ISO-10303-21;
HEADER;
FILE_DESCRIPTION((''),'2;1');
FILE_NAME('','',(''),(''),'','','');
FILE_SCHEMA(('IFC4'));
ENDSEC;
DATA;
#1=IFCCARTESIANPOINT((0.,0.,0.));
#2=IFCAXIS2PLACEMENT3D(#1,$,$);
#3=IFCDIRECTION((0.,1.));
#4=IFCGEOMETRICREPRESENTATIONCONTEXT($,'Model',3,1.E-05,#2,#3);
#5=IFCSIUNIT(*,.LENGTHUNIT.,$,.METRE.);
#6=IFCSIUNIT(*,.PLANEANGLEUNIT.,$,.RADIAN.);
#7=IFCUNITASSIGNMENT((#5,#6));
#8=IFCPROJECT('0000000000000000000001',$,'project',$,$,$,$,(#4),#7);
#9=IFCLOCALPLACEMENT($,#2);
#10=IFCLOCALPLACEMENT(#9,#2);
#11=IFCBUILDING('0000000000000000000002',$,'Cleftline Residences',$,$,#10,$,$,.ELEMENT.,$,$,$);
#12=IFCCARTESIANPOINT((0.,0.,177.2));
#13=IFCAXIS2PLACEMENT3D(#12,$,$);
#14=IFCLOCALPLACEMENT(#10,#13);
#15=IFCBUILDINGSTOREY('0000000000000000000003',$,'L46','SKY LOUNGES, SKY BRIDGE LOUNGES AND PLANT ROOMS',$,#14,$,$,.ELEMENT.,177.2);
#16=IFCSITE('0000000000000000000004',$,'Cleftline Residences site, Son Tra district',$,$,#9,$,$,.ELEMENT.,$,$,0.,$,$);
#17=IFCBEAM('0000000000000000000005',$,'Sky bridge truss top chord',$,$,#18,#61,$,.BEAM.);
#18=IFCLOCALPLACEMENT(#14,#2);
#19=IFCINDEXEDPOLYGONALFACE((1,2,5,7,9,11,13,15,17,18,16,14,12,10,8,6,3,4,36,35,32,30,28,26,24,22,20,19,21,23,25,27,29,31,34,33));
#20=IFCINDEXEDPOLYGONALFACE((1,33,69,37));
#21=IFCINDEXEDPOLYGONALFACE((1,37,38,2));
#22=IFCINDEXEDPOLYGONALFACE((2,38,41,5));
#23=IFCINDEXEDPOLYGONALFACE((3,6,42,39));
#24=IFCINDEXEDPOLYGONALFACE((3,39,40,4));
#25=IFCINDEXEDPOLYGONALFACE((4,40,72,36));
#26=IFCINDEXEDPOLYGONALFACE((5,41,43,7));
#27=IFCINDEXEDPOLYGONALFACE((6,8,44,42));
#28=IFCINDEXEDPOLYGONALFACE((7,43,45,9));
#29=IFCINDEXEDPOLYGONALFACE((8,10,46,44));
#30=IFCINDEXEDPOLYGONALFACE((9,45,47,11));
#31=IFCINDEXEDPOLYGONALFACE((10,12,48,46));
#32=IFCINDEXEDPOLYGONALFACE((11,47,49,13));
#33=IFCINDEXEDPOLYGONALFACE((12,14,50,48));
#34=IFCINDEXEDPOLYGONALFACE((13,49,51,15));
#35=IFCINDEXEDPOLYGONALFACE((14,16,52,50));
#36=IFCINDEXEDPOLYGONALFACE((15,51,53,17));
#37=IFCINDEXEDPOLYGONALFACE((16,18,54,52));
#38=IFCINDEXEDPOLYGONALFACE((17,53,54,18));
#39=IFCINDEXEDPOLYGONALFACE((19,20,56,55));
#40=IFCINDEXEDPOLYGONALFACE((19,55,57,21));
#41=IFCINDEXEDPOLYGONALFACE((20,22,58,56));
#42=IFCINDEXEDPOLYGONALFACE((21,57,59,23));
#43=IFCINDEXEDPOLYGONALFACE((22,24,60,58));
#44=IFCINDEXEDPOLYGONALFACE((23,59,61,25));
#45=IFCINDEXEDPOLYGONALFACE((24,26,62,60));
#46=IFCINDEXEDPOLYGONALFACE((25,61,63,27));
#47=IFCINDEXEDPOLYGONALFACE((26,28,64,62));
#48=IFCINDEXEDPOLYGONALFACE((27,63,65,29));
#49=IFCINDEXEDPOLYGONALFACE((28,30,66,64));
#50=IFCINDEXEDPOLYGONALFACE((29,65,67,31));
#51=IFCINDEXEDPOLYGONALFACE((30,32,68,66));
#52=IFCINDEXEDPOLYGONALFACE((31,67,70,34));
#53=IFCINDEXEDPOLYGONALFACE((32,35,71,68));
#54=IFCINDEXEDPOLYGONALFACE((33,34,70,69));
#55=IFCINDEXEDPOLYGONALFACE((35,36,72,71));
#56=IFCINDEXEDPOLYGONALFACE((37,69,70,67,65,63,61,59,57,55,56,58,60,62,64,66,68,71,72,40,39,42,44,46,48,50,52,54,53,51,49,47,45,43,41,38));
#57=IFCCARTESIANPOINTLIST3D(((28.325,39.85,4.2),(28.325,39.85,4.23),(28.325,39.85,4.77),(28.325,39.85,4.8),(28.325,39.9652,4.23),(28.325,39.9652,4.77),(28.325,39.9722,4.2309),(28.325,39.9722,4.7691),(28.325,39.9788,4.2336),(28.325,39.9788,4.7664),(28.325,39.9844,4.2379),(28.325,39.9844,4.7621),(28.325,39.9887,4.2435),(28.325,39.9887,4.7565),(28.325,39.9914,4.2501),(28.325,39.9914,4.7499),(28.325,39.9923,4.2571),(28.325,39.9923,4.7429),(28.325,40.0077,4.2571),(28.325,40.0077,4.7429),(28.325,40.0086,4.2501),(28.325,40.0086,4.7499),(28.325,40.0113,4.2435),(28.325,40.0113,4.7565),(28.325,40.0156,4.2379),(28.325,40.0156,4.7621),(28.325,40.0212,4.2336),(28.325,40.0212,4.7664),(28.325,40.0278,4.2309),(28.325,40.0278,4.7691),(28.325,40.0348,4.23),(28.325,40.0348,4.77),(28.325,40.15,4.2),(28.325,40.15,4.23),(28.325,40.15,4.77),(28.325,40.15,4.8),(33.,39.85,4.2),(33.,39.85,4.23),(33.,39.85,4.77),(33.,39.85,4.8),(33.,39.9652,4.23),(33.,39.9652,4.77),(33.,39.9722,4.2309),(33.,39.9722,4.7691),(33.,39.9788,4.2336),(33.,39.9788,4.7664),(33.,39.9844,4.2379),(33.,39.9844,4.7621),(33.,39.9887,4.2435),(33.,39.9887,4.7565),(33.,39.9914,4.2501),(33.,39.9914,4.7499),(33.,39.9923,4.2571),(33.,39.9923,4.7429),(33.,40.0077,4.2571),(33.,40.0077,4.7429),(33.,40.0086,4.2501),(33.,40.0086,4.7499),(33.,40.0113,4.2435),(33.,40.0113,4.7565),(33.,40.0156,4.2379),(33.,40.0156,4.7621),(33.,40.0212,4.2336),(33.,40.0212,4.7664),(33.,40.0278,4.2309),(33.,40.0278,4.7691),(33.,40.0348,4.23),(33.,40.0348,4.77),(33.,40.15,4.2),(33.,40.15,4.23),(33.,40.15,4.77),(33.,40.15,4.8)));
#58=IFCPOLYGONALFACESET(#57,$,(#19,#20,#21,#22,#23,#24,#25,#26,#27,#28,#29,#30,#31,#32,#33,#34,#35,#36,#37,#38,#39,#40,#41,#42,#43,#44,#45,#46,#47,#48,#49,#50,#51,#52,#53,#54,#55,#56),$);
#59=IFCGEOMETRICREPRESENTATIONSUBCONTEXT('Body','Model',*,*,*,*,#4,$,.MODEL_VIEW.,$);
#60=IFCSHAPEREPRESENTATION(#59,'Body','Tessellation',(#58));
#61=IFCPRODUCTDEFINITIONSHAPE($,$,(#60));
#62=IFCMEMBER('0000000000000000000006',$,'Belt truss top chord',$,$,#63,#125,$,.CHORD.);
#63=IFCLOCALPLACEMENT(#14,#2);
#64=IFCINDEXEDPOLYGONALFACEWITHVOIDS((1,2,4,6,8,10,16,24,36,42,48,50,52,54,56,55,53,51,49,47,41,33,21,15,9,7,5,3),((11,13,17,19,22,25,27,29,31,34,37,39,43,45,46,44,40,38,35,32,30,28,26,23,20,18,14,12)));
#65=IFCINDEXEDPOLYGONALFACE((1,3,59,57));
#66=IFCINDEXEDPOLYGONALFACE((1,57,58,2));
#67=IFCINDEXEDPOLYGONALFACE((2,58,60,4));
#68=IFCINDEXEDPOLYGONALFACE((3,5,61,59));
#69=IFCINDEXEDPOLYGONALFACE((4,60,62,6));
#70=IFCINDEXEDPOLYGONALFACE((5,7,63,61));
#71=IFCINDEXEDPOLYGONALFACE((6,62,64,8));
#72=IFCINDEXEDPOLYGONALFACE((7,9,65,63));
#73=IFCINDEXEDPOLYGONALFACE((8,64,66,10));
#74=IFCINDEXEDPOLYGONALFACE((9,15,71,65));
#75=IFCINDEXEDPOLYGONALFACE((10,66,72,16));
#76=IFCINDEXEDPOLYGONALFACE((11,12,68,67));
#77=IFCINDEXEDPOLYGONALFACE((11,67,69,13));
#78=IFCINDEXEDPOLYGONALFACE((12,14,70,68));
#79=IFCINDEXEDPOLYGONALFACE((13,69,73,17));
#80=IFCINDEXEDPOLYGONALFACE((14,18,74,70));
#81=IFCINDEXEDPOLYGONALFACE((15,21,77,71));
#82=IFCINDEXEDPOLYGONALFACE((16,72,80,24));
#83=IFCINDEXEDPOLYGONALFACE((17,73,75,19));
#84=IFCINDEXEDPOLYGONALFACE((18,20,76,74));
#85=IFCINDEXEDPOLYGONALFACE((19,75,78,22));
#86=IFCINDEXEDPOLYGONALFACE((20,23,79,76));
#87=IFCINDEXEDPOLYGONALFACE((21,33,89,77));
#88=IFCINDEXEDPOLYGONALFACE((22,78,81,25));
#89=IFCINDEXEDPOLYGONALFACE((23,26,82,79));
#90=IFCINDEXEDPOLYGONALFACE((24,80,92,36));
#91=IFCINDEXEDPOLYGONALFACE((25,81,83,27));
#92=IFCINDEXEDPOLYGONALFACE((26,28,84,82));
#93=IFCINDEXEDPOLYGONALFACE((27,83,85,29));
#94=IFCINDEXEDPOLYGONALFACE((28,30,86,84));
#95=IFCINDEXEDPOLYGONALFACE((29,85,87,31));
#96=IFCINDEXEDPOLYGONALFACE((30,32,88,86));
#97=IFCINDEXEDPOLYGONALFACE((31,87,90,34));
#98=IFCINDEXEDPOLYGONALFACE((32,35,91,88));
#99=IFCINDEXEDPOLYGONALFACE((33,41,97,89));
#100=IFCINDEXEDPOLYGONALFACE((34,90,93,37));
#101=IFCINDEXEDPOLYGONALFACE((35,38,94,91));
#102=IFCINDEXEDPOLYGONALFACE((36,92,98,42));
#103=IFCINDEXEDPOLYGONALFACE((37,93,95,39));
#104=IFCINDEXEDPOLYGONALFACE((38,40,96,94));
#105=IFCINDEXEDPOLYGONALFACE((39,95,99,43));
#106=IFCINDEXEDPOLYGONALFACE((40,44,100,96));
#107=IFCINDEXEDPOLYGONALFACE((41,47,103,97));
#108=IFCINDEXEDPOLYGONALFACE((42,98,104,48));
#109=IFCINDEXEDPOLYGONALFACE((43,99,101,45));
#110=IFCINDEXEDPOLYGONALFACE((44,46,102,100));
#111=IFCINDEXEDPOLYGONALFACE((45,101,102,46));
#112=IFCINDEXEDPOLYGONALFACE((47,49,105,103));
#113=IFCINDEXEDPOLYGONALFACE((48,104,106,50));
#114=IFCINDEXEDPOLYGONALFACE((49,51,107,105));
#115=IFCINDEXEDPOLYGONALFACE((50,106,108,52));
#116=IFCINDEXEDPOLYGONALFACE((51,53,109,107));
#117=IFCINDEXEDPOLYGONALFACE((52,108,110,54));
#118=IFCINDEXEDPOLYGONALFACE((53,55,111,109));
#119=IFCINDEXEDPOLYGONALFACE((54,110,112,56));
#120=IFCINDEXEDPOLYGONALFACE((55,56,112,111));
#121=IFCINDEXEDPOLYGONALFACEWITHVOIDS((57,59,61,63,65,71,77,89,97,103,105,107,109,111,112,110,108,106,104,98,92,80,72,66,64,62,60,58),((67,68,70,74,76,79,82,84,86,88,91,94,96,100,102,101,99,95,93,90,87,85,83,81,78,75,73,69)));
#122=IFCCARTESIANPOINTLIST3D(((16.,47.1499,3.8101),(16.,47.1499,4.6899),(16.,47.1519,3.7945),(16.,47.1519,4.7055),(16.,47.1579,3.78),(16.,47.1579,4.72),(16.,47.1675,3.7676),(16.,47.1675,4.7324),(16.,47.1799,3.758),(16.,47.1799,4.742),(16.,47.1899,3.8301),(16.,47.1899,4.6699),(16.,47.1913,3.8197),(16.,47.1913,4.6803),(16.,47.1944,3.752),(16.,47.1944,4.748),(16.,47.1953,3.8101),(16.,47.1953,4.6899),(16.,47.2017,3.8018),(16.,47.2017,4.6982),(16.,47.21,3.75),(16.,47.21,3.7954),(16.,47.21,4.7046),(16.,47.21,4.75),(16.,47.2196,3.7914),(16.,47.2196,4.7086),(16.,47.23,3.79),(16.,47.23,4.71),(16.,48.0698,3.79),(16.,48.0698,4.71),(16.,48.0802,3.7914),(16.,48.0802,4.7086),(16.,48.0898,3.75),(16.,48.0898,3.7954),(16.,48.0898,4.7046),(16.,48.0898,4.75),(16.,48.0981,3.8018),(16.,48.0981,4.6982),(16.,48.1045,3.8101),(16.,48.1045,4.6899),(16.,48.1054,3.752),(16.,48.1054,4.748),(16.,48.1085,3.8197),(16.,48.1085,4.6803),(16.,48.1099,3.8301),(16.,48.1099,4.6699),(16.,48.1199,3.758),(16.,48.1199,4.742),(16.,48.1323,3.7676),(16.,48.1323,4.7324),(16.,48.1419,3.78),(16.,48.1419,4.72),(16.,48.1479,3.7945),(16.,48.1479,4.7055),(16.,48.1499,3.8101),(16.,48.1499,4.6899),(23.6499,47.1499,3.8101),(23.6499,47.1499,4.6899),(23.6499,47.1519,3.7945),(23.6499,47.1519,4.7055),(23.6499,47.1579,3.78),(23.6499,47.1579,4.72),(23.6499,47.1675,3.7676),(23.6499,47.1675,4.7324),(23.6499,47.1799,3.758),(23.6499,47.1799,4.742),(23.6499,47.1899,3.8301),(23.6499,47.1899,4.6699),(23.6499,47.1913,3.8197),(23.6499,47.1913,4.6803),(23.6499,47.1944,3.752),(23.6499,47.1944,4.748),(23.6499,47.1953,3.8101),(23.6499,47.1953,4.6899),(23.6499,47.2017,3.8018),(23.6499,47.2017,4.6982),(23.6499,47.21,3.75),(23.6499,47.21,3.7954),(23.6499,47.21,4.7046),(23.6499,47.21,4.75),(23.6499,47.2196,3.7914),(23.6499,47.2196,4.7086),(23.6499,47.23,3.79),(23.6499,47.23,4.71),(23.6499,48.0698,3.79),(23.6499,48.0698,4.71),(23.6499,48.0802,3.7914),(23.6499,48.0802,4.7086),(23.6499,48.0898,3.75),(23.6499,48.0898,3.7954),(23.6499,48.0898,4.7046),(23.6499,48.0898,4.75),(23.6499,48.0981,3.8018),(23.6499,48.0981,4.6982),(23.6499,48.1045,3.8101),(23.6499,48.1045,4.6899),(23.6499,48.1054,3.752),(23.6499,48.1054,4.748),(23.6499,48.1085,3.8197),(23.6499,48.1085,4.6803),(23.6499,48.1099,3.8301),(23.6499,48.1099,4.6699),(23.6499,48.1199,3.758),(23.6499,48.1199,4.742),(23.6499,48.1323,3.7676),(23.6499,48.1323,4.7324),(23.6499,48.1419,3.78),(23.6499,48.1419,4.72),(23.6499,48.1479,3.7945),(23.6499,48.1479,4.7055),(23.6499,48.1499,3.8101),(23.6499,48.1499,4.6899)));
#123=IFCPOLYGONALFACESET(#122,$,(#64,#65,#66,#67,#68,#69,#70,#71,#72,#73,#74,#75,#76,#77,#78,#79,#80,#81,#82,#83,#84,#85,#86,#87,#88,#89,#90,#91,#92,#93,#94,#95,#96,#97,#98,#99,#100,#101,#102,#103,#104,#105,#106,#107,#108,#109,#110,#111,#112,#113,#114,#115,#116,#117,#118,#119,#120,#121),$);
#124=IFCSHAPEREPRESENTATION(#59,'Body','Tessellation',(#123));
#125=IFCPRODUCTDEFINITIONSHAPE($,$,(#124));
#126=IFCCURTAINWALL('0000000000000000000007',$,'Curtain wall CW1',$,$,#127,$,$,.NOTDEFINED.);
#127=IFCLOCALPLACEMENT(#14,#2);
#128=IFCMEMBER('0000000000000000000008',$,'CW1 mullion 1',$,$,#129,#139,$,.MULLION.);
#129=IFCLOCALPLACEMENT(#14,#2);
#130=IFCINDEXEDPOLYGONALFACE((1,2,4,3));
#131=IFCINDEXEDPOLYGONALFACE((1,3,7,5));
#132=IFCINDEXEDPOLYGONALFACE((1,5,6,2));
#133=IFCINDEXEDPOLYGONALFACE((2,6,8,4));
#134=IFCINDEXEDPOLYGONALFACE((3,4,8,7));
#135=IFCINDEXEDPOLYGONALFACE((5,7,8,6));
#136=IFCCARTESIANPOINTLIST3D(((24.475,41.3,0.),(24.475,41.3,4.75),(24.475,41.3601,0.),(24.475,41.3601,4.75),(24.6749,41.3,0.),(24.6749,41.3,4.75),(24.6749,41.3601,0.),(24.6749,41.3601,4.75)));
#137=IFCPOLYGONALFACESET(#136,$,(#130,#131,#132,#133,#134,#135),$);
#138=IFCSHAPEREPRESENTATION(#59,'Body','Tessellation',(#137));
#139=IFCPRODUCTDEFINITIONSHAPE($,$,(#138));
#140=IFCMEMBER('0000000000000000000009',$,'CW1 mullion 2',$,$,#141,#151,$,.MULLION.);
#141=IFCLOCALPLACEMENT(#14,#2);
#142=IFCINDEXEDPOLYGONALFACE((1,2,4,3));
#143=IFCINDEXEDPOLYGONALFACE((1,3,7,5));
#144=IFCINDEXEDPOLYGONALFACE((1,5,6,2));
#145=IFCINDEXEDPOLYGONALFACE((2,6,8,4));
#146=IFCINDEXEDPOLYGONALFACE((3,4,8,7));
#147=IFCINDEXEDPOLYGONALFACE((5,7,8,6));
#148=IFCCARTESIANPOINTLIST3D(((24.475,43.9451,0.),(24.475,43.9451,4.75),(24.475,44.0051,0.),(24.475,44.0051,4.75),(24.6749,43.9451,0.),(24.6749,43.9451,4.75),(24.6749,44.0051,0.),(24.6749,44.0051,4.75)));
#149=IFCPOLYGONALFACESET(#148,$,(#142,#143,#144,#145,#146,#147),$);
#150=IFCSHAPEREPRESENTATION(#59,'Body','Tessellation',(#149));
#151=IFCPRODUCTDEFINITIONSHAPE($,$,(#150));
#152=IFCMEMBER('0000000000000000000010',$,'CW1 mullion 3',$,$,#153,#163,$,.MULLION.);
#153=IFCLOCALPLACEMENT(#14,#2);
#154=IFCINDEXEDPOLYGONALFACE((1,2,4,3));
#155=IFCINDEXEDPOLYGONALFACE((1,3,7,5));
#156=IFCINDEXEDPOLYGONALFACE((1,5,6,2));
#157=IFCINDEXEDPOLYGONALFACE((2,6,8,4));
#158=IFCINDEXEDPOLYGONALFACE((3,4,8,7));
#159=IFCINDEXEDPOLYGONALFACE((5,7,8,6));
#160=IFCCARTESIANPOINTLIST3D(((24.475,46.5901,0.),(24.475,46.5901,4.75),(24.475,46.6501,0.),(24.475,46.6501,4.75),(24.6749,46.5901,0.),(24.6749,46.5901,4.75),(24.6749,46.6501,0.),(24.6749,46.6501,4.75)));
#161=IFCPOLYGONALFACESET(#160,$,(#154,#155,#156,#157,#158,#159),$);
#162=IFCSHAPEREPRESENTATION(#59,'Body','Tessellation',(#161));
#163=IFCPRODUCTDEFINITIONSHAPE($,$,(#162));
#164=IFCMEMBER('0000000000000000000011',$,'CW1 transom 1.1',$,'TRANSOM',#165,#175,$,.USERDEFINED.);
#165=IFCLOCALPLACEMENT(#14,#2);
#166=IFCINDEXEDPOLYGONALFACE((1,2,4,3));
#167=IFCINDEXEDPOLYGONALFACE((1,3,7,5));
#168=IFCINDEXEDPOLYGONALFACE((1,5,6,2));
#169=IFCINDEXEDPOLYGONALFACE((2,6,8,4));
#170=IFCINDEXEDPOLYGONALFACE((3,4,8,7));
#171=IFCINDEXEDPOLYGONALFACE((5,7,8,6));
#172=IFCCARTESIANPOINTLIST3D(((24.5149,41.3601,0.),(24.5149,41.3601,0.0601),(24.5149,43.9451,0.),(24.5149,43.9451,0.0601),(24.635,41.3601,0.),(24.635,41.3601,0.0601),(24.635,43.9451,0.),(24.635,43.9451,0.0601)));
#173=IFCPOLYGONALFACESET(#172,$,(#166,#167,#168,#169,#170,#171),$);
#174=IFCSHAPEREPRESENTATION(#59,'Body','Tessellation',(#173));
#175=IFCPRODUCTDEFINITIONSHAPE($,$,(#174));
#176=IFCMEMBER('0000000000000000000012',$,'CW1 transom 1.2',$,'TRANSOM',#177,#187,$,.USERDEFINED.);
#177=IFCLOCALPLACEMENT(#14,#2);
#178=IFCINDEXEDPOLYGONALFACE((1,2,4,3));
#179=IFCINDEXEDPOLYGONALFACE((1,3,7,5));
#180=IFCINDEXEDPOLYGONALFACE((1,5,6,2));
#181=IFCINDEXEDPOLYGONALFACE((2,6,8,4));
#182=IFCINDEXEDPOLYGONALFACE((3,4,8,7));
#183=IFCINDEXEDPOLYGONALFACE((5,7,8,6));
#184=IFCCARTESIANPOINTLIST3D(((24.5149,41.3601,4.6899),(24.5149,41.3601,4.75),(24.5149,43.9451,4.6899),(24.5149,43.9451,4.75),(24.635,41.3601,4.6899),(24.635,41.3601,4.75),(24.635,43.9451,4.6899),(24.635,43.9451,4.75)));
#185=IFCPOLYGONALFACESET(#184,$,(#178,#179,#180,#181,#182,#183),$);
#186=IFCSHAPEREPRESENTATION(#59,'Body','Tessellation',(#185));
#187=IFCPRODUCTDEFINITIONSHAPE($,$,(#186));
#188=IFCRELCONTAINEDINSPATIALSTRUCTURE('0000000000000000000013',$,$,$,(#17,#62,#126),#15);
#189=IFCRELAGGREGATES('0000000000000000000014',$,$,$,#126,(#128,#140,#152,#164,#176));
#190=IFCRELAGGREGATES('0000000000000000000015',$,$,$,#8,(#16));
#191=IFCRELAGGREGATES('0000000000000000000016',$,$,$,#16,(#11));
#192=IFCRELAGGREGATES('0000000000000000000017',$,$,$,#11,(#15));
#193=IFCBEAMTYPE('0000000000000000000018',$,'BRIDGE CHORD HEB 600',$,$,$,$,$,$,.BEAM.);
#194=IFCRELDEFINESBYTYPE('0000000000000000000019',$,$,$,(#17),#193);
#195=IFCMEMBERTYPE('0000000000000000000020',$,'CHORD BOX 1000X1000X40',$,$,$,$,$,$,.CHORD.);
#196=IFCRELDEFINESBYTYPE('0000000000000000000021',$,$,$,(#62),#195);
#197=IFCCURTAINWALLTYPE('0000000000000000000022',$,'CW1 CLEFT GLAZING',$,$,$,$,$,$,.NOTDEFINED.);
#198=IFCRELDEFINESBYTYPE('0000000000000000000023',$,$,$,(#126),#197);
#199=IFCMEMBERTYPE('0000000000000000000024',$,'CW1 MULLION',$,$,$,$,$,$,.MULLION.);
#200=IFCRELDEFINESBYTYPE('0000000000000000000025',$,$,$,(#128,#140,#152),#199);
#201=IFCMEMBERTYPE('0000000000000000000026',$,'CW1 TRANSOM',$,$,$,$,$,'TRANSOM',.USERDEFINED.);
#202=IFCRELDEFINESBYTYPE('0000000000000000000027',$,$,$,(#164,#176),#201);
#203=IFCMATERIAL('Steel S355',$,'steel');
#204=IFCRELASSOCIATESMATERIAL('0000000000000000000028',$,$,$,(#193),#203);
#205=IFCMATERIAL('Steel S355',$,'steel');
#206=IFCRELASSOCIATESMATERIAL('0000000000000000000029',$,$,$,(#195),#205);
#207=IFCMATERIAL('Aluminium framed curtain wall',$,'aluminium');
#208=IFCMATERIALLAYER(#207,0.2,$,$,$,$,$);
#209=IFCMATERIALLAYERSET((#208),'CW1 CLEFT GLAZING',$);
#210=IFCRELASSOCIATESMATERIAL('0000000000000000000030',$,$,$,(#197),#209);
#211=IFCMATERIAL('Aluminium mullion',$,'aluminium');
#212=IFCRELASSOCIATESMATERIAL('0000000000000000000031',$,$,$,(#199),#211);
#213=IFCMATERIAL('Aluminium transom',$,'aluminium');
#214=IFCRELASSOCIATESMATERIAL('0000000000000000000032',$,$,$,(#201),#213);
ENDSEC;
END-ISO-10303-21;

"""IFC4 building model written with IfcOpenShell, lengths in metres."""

from ifc_helpers import new_model, si_unit, direction, frame, origin, origin_2d, place, context, subcontext, project, spatial, rectangle, hollow_rectangle, i_section, extrude, material, layer, layer_set, material_profile, profile_set, type_object, element, aggregate, save


model = new_model("IFC4")

# Units and contexts
model_context = context("Model", 3, precision=1e-05, world=origin(), true_north=direction((0.0, 1.0)))
body_context = subcontext(model_context, "Body", "Model", "MODEL_VIEW")
ifc_project = project(units=[si_unit("LENGTHUNIT", "METRE"), si_unit("PLANEANGLEUNIT", "RADIAN")], contexts=[model_context])

# Site, building, storey
site_placement = place(None, origin())
site = spatial("IfcSite", under=ifc_project, at=site_placement, Name="Cleftline Residences site, Son Tra district", CompositionType="ELEMENT", RefElevation=0.0)
building_placement = place(site_placement, origin())
building = spatial("IfcBuilding", under=site, at=building_placement, Name="Cleftline Residences", CompositionType="ELEMENT")
storey_placement = place(building_placement, frame((0.0, 0.0, 177.2)))
storey = spatial("IfcBuildingStorey", under=building, at=storey_placement, Name="L46", Description="SKY LOUNGES, SKY BRIDGE LOUNGES AND PLANT ROOMS", CompositionType="ELEMENT", Elevation=177.2)

# Beam
ifc_material_1 = material(Name="Steel S355", Category="steel")
ifc_material_profile_1 = material_profile(ifc_material_1, i_section(OverallWidth=0.3, OverallDepth=0.6001, WebThickness=0.0154, FlangeThickness=0.03, FilletRadius=0.0271, at=origin_2d()))
ifc_profile_set_1 = profile_set([ifc_material_profile_1], Name="Steel S355")
beam_type_1 = type_object("IfcBeamType", Name="BRIDGE CHORD HEB 600", PredefinedType="BEAM", material=ifc_profile_set_1)
for number, where, z_axis, x_axis, name in (
    (1, (28.325, 40.0, 4.5), (1.0, 0.0, 0.0), (0.0, 1.0, 0.0), "Sky bridge truss top chord"),
):
    element("IfcBeam", number, at=place(storey_placement, frame(where, z_axis=z_axis, x_axis=x_axis)), inside=storey, type_object=beam_type_1, Name=name, PredefinedType="BEAM", context=body_context, shape_type="SweptSolid", body=[
        extrude(i_section(OverallWidth=0.3, OverallDepth=0.6001, WebThickness=0.0154, FlangeThickness=0.03, FilletRadius=0.0271, at=origin_2d()), origin(), (0.0, 0.0, 1.0), 4.675),
    ])

# Member
ifc_material_2 = material(Name="Steel S355", Category="steel")
ifc_material_profile_2 = material_profile(ifc_material_2, hollow_rectangle(XDim=1.0, YDim=1.0, WallThickness=0.04, InnerFilletRadius=0.04, OuterFilletRadius=0.0601, at=origin_2d()))
ifc_profile_set_2 = profile_set([ifc_material_profile_2], Name="Steel S355")
member_type_1 = type_object("IfcMemberType", Name="CHORD BOX 1000X1000X40", PredefinedType="CHORD", material=ifc_profile_set_2)
member_1_placement = place(storey_placement, frame((16.0, 47.6499, 4.25), z_axis=(1.0, 0.0, 0.0), x_axis=(0.0, 1.0, 0.0)))
element("IfcMember", 2, at=member_1_placement, inside=storey, type_object=member_type_1, Name="Belt truss top chord", PredefinedType="CHORD", context=body_context, shape_type="SweptSolid", body=[
    extrude(hollow_rectangle(XDim=1.0, YDim=1.0, WallThickness=0.04, InnerFilletRadius=0.04, OuterFilletRadius=0.0601, at=origin_2d()), origin(), (0.0, 0.0, 1.0), 7.6499),
])

# Curtain wall, members
ifc_material_3 = material(Name="Aluminium framed curtain wall", Category="aluminium")
ifc_layer_1 = layer(ifc_material_3, 0.2)
ifc_layer_set_1 = layer_set([ifc_layer_1], Name="CW1 CLEFT GLAZING")
curtain_wall_type_1 = type_object("IfcCurtainWallType", Name="CW1 CLEFT GLAZING", PredefinedType="NOTDEFINED", material=ifc_layer_set_1)
curtain_wall_1_placement = place(storey_placement, origin())
curtain_wall_1 = element("IfcCurtainWall", 3, at=curtain_wall_1_placement, inside=storey, type_object=curtain_wall_type_1, Name="Curtain wall CW1", PredefinedType="NOTDEFINED")
ifc_material_4 = material(Name="Aluminium mullion", Category="aluminium")
ifc_material_profile_3 = material_profile(ifc_material_4, rectangle(XDim=0.2, YDim=0.0601, at=origin_2d()))
ifc_profile_set_3 = profile_set([ifc_material_profile_3], Name="Aluminium mullion")
member_type_2 = type_object("IfcMemberType", Name="CW1 MULLION", PredefinedType="MULLION", material=ifc_profile_set_3)
member_2_placement = place(storey_placement, frame((24.575, 41.3301, 0.0), z_axis=(0.0, 0.0, 1.0), x_axis=(-1.0, 0.0, 0.0)))
member_2 = element("IfcMember", 4, at=member_2_placement, type_object=member_type_2, Name="CW1 mullion 1", PredefinedType="MULLION", context=body_context, shape_type="SweptSolid", body=[
    extrude(rectangle(XDim=0.2, YDim=0.0601, at=origin_2d()), origin(), (0.0, 0.0, 1.0), 4.75),
])
member_3_placement = place(storey_placement, frame((24.575, 43.9751, 0.0), z_axis=(0.0, 0.0, 1.0), x_axis=(-1.0, 0.0, 0.0)))
member_3 = element("IfcMember", 5, at=member_3_placement, type_object=member_type_2, Name="CW1 mullion 2", PredefinedType="MULLION", context=body_context, shape_type="SweptSolid", body=[
    extrude(rectangle(XDim=0.2, YDim=0.0601, at=origin_2d()), origin(), (0.0, 0.0, 1.0), 4.75),
])
member_4_placement = place(storey_placement, frame((24.575, 46.6201, 0.0), z_axis=(0.0, 0.0, 1.0), x_axis=(-1.0, 0.0, 0.0)))
member_4 = element("IfcMember", 6, at=member_4_placement, type_object=member_type_2, Name="CW1 mullion 3", PredefinedType="MULLION", context=body_context, shape_type="SweptSolid", body=[
    extrude(rectangle(XDim=0.2, YDim=0.0601, at=origin_2d()), origin(), (0.0, 0.0, 1.0), 4.75),
])
ifc_material_5 = material(Name="Aluminium transom", Category="aluminium")
ifc_material_profile_4 = material_profile(ifc_material_5, rectangle(XDim=0.1201, YDim=0.0601, at=origin_2d()))
ifc_profile_set_4 = profile_set([ifc_material_profile_4], Name="Aluminium transom")
member_type_3 = type_object("IfcMemberType", Name="CW1 TRANSOM", ElementType="TRANSOM", PredefinedType="USERDEFINED", material=ifc_profile_set_4)
member_5_placement = place(storey_placement, frame((24.575, 41.3601, 0.03), z_axis=(0.0, 1.0, 0.0), x_axis=(-1.0, 0.0, 0.0)))
member_5 = element("IfcMember", 7, at=member_5_placement, type_object=member_type_3, Name="CW1 transom 1.1", ObjectType="TRANSOM", PredefinedType="USERDEFINED", context=body_context, shape_type="SweptSolid", body=[
    extrude(rectangle(XDim=0.1201, YDim=0.0601, at=origin_2d()), origin(), (0.0, 0.0, 1.0), 2.585),
])
member_6_placement = place(storey_placement, frame((24.575, 41.3601, 4.72), z_axis=(0.0, 1.0, 0.0), x_axis=(-1.0, 0.0, 0.0)))
member_6 = element("IfcMember", 8, at=member_6_placement, type_object=member_type_3, Name="CW1 transom 1.2", ObjectType="TRANSOM", PredefinedType="USERDEFINED", context=body_context, shape_type="SweptSolid", body=[
    extrude(rectangle(XDim=0.1201, YDim=0.0601, at=origin_2d()), origin(), (0.0, 0.0, 1.0), 2.585),
])

aggregate(curtain_wall_1, [member_2, member_3, member_4, member_5, member_6])

save(model, "model.ifc")
